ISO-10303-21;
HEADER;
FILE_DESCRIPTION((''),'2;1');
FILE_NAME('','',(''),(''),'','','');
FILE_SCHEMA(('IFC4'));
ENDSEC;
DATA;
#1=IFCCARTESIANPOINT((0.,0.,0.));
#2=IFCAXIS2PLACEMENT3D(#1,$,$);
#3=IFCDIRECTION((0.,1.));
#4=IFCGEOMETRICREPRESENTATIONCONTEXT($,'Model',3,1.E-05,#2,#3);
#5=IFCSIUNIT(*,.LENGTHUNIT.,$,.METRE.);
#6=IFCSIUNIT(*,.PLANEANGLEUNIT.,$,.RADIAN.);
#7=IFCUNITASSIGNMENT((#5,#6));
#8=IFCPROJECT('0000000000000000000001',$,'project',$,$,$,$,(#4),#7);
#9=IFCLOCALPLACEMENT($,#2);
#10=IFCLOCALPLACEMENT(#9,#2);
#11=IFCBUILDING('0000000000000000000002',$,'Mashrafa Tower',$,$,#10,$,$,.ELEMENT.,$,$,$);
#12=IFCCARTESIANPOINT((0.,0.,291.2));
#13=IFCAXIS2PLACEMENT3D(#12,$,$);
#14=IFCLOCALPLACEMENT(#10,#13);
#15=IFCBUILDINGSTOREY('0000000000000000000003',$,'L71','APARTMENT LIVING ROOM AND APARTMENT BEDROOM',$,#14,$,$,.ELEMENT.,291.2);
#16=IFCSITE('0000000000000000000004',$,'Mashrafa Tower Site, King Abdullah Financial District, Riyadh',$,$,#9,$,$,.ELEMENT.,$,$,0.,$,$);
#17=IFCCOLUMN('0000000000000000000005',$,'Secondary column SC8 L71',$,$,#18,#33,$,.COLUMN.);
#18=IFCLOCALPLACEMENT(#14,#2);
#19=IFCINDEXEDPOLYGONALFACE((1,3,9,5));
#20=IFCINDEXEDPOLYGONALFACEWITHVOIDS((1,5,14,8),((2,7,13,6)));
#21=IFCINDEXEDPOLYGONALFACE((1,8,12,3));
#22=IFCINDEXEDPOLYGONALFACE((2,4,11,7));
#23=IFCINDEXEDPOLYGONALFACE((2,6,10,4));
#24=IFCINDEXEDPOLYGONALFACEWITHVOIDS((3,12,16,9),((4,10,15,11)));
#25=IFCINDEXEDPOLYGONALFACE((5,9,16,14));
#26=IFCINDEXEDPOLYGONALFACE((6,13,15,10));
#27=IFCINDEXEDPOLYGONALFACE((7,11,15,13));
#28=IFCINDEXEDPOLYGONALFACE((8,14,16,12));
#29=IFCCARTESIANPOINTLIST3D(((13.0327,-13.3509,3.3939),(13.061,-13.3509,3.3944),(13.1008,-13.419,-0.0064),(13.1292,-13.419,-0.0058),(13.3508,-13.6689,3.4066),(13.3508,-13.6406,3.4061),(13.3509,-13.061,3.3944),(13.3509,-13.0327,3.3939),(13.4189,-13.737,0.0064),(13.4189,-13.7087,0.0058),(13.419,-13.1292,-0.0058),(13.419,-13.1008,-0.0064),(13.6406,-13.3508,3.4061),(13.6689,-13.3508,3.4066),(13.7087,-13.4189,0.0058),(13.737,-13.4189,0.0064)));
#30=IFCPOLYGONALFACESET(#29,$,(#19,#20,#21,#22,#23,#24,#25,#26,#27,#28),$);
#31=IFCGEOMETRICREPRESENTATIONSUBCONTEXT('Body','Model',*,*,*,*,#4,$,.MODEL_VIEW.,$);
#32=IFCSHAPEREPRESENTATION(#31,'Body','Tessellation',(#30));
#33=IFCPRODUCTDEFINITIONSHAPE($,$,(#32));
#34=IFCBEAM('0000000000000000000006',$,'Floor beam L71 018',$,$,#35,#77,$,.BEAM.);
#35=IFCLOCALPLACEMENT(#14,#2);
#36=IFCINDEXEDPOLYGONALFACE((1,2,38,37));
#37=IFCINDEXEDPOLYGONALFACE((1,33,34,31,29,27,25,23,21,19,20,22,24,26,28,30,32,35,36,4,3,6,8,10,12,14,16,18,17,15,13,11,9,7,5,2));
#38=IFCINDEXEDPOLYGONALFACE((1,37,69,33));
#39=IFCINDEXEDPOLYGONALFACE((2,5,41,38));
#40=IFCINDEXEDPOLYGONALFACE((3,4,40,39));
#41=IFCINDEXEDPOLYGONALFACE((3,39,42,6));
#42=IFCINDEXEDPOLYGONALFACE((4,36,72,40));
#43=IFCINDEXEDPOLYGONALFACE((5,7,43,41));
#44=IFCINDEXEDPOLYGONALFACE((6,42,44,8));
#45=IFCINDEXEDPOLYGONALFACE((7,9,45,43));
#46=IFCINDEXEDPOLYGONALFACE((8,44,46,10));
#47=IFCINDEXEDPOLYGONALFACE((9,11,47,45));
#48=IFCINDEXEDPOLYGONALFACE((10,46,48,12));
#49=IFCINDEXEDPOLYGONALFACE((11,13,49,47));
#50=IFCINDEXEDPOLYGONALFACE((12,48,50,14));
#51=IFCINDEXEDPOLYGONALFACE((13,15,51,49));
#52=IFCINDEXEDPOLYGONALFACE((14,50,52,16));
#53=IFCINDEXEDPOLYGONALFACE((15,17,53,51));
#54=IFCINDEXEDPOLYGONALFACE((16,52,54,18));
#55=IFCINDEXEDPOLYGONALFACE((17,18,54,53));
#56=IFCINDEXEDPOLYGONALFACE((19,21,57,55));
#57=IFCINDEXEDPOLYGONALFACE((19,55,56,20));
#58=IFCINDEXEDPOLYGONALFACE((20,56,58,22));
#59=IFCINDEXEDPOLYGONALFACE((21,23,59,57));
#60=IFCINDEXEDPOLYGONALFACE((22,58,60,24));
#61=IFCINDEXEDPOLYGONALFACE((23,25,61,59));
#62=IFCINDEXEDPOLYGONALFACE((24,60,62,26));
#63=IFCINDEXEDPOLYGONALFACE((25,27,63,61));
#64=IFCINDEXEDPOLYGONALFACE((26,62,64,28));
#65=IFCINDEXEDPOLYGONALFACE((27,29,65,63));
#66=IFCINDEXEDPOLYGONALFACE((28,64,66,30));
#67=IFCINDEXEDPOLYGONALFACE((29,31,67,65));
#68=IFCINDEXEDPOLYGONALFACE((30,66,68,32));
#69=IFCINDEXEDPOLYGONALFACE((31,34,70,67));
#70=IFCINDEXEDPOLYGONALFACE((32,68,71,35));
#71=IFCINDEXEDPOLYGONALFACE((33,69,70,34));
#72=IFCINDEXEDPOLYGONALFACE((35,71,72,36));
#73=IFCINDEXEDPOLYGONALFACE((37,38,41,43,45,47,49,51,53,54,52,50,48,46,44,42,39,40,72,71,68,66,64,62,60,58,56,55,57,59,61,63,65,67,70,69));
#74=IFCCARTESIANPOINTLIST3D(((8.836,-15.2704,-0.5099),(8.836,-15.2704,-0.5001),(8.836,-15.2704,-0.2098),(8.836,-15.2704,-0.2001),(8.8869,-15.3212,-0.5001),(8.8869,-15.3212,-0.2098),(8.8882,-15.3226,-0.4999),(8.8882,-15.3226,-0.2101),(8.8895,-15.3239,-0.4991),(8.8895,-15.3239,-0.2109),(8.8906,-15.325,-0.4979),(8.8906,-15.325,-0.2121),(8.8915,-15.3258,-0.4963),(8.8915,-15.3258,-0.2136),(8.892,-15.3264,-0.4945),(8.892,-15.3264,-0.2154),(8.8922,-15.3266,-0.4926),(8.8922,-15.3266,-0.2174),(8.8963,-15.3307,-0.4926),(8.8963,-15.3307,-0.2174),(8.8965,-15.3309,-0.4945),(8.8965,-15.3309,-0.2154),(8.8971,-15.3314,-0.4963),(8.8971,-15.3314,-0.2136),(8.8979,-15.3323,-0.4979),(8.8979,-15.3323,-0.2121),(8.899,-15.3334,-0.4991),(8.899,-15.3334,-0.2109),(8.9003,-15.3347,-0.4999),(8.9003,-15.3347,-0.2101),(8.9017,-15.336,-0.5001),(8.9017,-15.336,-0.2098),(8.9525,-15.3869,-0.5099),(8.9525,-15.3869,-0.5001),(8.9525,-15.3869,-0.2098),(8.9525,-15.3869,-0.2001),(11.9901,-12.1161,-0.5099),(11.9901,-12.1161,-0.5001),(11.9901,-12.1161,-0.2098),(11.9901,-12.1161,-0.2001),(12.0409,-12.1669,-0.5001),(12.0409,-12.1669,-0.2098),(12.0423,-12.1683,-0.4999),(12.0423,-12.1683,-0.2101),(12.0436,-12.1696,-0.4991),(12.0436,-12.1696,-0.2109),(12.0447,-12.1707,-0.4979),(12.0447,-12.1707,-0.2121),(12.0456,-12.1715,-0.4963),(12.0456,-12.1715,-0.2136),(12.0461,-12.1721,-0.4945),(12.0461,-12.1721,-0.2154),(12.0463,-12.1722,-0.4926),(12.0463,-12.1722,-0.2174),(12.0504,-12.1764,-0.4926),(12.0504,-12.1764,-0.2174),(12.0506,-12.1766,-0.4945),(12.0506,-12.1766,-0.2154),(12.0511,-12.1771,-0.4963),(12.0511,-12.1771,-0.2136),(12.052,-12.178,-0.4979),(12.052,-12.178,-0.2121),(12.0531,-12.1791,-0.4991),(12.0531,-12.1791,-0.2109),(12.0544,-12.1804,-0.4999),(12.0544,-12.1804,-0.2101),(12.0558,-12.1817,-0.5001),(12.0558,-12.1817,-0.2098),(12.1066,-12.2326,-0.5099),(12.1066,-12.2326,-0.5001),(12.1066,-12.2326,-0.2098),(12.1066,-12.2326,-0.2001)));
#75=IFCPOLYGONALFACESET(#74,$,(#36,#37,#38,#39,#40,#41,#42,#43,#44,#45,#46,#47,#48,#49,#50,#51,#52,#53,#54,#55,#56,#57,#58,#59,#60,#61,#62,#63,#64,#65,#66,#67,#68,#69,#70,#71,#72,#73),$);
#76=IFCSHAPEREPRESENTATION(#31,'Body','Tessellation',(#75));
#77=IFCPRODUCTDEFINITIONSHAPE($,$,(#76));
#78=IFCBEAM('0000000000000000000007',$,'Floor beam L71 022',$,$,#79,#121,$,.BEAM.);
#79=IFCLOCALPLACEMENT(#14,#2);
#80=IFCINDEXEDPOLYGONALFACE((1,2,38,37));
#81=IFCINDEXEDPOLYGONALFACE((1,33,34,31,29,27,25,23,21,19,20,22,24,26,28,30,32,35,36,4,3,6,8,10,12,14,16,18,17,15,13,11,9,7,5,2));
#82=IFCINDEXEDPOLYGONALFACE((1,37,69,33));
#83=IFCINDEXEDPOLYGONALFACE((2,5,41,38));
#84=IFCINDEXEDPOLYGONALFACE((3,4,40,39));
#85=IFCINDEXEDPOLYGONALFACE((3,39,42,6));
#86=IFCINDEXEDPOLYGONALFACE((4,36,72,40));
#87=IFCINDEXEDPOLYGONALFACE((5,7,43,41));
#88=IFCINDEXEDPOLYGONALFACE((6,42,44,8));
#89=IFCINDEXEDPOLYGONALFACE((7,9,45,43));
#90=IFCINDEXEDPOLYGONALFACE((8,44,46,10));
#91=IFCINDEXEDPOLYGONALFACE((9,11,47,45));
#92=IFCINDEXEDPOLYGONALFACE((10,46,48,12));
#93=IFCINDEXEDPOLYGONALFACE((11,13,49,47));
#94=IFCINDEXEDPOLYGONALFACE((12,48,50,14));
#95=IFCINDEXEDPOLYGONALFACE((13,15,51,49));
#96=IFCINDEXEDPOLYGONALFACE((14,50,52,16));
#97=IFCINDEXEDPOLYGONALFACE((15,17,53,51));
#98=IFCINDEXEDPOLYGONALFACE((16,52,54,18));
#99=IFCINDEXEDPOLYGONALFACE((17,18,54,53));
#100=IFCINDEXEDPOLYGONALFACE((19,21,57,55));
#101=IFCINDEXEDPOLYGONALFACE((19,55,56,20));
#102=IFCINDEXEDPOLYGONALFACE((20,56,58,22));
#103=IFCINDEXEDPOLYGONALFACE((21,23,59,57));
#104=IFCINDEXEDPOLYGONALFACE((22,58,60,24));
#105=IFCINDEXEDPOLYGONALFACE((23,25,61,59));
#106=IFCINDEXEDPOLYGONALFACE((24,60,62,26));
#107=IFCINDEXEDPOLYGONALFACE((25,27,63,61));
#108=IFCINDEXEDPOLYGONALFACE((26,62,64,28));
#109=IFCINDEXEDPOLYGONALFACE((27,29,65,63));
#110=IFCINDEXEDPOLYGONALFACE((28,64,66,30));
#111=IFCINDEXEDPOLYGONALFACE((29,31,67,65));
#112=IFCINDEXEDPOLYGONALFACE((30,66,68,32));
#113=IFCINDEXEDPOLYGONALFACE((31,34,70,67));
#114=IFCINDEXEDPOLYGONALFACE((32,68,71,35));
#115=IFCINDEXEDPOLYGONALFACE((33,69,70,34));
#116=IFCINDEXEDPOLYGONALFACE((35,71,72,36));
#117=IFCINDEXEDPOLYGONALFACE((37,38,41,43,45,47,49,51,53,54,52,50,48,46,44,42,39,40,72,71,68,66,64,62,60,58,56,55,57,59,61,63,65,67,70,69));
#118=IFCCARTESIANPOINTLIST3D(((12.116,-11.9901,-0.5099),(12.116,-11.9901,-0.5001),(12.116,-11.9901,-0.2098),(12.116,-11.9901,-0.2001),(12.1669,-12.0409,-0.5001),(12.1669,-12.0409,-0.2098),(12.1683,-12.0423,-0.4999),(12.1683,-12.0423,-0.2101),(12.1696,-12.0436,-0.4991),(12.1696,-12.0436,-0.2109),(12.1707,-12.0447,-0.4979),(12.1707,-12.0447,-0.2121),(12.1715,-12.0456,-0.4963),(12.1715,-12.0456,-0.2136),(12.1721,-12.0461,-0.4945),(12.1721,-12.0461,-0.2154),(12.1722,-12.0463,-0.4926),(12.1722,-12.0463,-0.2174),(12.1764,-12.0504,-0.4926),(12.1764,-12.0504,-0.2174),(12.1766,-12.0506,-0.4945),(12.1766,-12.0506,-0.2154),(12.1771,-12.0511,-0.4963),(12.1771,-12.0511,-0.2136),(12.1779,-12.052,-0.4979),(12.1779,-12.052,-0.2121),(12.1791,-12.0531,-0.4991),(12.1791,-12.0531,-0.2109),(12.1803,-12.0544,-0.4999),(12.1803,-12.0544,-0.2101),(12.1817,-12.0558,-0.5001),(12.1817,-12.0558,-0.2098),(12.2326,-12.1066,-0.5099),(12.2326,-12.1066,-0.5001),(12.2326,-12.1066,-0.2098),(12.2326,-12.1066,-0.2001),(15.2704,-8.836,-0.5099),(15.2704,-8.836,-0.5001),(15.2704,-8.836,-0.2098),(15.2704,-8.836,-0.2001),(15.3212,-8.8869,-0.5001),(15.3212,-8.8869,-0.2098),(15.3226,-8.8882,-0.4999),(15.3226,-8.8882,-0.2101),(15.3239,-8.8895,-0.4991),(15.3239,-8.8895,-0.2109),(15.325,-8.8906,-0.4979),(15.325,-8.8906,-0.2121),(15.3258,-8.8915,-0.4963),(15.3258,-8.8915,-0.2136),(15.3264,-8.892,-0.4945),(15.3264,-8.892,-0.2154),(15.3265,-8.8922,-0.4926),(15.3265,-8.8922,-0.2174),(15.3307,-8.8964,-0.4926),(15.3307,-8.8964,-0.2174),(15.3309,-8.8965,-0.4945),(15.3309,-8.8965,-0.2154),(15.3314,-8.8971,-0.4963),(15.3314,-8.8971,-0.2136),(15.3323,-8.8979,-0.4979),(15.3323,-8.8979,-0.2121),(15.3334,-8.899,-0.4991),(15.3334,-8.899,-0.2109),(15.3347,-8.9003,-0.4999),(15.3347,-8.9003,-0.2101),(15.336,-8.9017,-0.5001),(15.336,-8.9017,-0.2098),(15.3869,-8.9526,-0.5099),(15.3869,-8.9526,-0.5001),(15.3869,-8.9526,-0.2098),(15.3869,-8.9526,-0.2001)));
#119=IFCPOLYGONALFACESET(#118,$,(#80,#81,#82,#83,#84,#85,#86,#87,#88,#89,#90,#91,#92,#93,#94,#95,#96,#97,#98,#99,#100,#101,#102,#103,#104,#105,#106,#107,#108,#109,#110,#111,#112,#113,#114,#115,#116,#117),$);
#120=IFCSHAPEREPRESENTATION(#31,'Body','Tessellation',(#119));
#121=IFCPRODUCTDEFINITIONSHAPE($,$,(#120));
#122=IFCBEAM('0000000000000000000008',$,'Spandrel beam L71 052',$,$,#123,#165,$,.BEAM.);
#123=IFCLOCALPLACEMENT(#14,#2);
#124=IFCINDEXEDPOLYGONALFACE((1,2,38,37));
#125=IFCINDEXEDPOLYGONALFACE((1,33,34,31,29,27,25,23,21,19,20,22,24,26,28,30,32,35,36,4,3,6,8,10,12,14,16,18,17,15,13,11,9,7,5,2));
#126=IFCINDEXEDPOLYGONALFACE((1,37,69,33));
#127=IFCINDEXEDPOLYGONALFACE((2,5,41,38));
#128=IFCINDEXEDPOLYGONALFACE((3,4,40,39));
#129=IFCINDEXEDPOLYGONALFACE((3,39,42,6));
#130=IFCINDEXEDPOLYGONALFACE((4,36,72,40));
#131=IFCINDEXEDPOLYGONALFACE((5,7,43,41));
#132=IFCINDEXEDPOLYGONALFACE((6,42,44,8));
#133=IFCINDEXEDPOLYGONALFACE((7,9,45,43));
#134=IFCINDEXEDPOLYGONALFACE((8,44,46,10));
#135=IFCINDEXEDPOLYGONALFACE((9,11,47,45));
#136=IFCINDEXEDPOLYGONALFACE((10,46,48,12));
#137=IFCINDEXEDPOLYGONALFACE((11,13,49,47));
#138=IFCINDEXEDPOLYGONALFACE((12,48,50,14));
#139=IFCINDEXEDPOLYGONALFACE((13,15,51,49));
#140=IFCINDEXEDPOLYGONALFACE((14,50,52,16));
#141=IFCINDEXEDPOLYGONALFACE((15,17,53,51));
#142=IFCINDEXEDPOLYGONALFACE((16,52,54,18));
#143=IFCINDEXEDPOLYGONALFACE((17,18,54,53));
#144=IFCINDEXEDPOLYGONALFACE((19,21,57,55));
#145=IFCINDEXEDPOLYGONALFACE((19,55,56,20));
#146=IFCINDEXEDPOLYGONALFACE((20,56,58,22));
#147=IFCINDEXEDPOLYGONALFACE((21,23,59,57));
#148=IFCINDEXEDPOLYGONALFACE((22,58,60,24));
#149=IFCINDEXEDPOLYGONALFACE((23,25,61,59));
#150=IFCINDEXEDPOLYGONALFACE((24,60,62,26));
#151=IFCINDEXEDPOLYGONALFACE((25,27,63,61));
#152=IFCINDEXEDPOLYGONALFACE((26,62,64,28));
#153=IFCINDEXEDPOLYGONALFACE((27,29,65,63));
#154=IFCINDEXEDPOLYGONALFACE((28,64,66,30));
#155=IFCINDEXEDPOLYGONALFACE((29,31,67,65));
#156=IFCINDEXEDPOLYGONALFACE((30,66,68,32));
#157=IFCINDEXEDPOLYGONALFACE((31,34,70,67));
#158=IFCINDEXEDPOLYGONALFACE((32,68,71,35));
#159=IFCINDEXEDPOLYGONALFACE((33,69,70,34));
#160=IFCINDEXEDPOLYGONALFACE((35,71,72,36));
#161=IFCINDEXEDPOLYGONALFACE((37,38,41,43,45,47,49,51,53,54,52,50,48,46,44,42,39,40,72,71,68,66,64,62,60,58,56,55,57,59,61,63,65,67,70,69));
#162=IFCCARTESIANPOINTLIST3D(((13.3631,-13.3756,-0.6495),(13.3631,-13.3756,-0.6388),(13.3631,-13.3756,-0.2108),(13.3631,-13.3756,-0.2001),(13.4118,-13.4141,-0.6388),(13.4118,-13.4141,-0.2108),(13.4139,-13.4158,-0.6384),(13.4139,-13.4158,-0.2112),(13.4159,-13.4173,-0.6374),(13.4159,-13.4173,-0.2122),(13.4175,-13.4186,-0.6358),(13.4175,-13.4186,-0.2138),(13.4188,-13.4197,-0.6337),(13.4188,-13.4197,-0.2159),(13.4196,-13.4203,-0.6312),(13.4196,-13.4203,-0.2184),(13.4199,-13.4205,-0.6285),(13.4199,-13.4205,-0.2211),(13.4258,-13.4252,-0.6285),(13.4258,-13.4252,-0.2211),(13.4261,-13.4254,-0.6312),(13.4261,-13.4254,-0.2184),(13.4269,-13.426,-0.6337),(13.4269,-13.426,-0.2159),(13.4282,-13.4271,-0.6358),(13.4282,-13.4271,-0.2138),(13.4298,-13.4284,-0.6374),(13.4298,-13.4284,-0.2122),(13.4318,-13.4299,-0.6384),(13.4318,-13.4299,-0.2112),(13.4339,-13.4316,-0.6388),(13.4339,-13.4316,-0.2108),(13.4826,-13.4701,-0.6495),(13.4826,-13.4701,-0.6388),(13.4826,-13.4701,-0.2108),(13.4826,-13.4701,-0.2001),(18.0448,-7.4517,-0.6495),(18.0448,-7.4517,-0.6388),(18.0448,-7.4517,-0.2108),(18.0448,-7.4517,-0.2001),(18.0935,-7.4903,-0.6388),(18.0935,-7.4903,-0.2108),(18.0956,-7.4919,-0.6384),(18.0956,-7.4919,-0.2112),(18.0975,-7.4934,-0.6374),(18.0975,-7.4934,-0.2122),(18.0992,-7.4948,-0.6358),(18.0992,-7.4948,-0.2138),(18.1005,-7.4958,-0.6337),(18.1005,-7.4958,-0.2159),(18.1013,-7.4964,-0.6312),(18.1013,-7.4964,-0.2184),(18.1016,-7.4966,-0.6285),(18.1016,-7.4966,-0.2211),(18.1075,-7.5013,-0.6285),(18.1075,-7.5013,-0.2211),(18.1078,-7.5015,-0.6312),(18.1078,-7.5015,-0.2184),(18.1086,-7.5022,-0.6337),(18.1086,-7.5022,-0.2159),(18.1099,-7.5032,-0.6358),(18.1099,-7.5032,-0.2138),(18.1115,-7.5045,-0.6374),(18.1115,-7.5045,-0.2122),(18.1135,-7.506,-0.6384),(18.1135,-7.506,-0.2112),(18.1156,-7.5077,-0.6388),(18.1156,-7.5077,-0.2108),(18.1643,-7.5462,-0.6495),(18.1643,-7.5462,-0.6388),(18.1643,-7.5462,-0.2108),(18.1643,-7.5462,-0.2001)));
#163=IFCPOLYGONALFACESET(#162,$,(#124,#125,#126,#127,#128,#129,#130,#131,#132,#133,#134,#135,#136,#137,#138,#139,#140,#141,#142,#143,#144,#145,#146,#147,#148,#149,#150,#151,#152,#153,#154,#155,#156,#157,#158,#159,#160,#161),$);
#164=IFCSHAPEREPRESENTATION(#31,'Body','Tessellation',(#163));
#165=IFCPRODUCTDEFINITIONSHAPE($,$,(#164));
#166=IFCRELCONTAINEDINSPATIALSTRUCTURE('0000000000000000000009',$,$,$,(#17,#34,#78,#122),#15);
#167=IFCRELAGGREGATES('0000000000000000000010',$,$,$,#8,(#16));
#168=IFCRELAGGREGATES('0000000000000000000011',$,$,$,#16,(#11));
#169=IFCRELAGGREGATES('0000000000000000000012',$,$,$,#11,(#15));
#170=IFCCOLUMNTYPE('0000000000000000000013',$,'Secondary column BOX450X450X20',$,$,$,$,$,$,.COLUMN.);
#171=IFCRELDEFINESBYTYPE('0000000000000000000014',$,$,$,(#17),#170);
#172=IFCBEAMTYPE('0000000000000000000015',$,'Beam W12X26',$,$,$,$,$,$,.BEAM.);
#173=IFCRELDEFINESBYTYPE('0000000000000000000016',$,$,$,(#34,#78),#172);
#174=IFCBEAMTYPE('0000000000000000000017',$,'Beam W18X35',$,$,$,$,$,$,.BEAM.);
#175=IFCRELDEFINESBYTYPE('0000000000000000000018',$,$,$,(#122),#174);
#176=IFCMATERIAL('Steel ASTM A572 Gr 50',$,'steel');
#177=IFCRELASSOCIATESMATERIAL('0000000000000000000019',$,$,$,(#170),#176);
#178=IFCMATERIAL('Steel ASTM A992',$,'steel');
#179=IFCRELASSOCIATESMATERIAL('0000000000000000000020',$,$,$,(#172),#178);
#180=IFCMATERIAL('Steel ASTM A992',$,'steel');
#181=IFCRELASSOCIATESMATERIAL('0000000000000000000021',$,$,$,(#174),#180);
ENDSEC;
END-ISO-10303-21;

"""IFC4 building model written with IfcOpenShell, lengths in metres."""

from ifc_helpers import new_model, si_unit, direction, frame, origin, origin_2d, place, context, subcontext, project, spatial, hollow_rectangle, i_section, extrude, material, material_profile, profile_set, type_object, element, save


model = new_model("IFC4")

# Units and contexts
model_context = context("Model", 3, precision=1e-05, world=origin(), true_north=direction((0.0, 1.0)))
body_context = subcontext(model_context, "Body", "Model", "MODEL_VIEW")
ifc_project = project(units=[si_unit("LENGTHUNIT", "METRE"), si_unit("PLANEANGLEUNIT", "RADIAN")], contexts=[model_context])

# Site, building, storey
site_placement = place(None, origin())
site = spatial("IfcSite", under=ifc_project, at=site_placement, Name="Mashrafa Tower Site, King Abdullah Financial District, Riyadh", CompositionType="ELEMENT", RefElevation=0.0)
building_placement = place(site_placement, origin())
building = spatial("IfcBuilding", under=site, at=building_placement, Name="Mashrafa Tower", CompositionType="ELEMENT")
storey_placement = place(building_placement, frame((0.0, 0.0, 291.2)))
storey = spatial("IfcBuildingStorey", under=building, at=storey_placement, Name="L71", Description="APARTMENT LIVING ROOM AND APARTMENT BEDROOM", CompositionType="ELEMENT", Elevation=291.2)

# Column
ifc_material_1 = material(Name="Steel ASTM A572 Gr 50", Category="steel")
ifc_material_profile_1 = material_profile(ifc_material_1, hollow_rectangle(XDim=0.45, YDim=0.45, WallThickness=0.02, at=origin_2d()), Name="BOX450X450X20")
ifc_profile_set_1 = profile_set([ifc_material_profile_1], Name="Steel ASTM A572 Gr 50")
column_type = type_object("IfcColumnType", Name="Secondary column BOX450X450X20", PredefinedType="COLUMN", material=ifc_profile_set_1)
column_placement = place(storey_placement, frame((13.4189, -13.4189, 0.0), z_axis=(-0.020025, 0.020025, 0.999599), x_axis=(-0.707107, -0.707107, 0.0)))
element("IfcColumn", 1, at=column_placement, inside=storey, type_object=column_type, Name="Secondary column SC8 L71", PredefinedType="COLUMN", context=body_context, shape_type="SweptSolid", body=[
    extrude(hollow_rectangle(XDim=0.45, YDim=0.45, WallThickness=0.02, at=origin_2d()), origin(), (0.0, 0.0, 1.0), 3.4016),
])

# Beams
ifc_material_2 = material(Name="Steel ASTM A992", Category="steel")
ifc_material_profile_2 = material_profile(ifc_material_2, i_section(OverallWidth=0.1648, OverallDepth=0.3098, WebThickness=0.0059, FlangeThickness=0.0098, FilletRadius=0.0076, at=origin_2d()), Name="W12X26")
ifc_profile_set_2 = profile_set([ifc_material_profile_2], Name="Steel ASTM A992")
beam_type_1 = type_object("IfcBeamType", Name="Beam W12X26", PredefinedType="BEAM", material=ifc_profile_set_2)
for number, where, z_axis, x_axis, name in (
    (2, (12.0483, -12.1743, -0.355), (-0.707079, -0.707134, 0.0), (0.707134, -0.707079, 0.0), "Floor beam L71 018"),
    (3, (15.3286, -8.8943, -0.355), (-0.707134, -0.707079, 0.0), (0.707079, -0.707134, 0.0), "Floor beam L71 022"),
):
    element("IfcBeam", number, at=place(storey_placement, frame(where, z_axis=z_axis, x_axis=x_axis)), inside=storey, type_object=beam_type_1, Name=name, PredefinedType="BEAM", context=body_context, shape_type="SweptSolid", body=[
        extrude(i_section(OverallWidth=0.1648, OverallDepth=0.3098, WebThickness=0.0059, FlangeThickness=0.0098, FilletRadius=0.0076, at=origin_2d()), origin(), (0.0, 0.0, 1.0), 4.4607),
    ])
ifc_material_3 = material(Name="Steel ASTM A992", Category="steel")
ifc_material_profile_3 = material_profile(ifc_material_3, i_section(OverallWidth=0.1523, OverallDepth=0.4495, WebThickness=0.0076, FlangeThickness=0.0107, FilletRadius=0.0103, at=origin_2d()), Name="W18X35")
ifc_profile_set_3 = profile_set([ifc_material_profile_3], Name="Steel ASTM A992")
beam_type_2 = type_object("IfcBeamType", Name="Beam W18X35", PredefinedType="BEAM", material=ifc_profile_set_3)
beam_1_placement = place(storey_placement, frame((13.4229, -13.4229, -0.4248), z_axis=(0.620047, 0.784565, 0.0), x_axis=(-0.784565, 0.620047, 0.0)))
element("IfcBeam", 4, at=beam_1_placement, inside=storey, type_object=beam_type_2, Name="Spandrel beam L71 052", PredefinedType="BEAM", context=body_context, shape_type="SweptSolid", body=[
    extrude(i_section(OverallWidth=0.1523, OverallDepth=0.4495, WebThickness=0.0076, FlangeThickness=0.0107, FilletRadius=0.0103, at=origin_2d()), origin(), (0.0, 0.0, 1.0), 7.5505),
])

save(model, "model.ifc")
